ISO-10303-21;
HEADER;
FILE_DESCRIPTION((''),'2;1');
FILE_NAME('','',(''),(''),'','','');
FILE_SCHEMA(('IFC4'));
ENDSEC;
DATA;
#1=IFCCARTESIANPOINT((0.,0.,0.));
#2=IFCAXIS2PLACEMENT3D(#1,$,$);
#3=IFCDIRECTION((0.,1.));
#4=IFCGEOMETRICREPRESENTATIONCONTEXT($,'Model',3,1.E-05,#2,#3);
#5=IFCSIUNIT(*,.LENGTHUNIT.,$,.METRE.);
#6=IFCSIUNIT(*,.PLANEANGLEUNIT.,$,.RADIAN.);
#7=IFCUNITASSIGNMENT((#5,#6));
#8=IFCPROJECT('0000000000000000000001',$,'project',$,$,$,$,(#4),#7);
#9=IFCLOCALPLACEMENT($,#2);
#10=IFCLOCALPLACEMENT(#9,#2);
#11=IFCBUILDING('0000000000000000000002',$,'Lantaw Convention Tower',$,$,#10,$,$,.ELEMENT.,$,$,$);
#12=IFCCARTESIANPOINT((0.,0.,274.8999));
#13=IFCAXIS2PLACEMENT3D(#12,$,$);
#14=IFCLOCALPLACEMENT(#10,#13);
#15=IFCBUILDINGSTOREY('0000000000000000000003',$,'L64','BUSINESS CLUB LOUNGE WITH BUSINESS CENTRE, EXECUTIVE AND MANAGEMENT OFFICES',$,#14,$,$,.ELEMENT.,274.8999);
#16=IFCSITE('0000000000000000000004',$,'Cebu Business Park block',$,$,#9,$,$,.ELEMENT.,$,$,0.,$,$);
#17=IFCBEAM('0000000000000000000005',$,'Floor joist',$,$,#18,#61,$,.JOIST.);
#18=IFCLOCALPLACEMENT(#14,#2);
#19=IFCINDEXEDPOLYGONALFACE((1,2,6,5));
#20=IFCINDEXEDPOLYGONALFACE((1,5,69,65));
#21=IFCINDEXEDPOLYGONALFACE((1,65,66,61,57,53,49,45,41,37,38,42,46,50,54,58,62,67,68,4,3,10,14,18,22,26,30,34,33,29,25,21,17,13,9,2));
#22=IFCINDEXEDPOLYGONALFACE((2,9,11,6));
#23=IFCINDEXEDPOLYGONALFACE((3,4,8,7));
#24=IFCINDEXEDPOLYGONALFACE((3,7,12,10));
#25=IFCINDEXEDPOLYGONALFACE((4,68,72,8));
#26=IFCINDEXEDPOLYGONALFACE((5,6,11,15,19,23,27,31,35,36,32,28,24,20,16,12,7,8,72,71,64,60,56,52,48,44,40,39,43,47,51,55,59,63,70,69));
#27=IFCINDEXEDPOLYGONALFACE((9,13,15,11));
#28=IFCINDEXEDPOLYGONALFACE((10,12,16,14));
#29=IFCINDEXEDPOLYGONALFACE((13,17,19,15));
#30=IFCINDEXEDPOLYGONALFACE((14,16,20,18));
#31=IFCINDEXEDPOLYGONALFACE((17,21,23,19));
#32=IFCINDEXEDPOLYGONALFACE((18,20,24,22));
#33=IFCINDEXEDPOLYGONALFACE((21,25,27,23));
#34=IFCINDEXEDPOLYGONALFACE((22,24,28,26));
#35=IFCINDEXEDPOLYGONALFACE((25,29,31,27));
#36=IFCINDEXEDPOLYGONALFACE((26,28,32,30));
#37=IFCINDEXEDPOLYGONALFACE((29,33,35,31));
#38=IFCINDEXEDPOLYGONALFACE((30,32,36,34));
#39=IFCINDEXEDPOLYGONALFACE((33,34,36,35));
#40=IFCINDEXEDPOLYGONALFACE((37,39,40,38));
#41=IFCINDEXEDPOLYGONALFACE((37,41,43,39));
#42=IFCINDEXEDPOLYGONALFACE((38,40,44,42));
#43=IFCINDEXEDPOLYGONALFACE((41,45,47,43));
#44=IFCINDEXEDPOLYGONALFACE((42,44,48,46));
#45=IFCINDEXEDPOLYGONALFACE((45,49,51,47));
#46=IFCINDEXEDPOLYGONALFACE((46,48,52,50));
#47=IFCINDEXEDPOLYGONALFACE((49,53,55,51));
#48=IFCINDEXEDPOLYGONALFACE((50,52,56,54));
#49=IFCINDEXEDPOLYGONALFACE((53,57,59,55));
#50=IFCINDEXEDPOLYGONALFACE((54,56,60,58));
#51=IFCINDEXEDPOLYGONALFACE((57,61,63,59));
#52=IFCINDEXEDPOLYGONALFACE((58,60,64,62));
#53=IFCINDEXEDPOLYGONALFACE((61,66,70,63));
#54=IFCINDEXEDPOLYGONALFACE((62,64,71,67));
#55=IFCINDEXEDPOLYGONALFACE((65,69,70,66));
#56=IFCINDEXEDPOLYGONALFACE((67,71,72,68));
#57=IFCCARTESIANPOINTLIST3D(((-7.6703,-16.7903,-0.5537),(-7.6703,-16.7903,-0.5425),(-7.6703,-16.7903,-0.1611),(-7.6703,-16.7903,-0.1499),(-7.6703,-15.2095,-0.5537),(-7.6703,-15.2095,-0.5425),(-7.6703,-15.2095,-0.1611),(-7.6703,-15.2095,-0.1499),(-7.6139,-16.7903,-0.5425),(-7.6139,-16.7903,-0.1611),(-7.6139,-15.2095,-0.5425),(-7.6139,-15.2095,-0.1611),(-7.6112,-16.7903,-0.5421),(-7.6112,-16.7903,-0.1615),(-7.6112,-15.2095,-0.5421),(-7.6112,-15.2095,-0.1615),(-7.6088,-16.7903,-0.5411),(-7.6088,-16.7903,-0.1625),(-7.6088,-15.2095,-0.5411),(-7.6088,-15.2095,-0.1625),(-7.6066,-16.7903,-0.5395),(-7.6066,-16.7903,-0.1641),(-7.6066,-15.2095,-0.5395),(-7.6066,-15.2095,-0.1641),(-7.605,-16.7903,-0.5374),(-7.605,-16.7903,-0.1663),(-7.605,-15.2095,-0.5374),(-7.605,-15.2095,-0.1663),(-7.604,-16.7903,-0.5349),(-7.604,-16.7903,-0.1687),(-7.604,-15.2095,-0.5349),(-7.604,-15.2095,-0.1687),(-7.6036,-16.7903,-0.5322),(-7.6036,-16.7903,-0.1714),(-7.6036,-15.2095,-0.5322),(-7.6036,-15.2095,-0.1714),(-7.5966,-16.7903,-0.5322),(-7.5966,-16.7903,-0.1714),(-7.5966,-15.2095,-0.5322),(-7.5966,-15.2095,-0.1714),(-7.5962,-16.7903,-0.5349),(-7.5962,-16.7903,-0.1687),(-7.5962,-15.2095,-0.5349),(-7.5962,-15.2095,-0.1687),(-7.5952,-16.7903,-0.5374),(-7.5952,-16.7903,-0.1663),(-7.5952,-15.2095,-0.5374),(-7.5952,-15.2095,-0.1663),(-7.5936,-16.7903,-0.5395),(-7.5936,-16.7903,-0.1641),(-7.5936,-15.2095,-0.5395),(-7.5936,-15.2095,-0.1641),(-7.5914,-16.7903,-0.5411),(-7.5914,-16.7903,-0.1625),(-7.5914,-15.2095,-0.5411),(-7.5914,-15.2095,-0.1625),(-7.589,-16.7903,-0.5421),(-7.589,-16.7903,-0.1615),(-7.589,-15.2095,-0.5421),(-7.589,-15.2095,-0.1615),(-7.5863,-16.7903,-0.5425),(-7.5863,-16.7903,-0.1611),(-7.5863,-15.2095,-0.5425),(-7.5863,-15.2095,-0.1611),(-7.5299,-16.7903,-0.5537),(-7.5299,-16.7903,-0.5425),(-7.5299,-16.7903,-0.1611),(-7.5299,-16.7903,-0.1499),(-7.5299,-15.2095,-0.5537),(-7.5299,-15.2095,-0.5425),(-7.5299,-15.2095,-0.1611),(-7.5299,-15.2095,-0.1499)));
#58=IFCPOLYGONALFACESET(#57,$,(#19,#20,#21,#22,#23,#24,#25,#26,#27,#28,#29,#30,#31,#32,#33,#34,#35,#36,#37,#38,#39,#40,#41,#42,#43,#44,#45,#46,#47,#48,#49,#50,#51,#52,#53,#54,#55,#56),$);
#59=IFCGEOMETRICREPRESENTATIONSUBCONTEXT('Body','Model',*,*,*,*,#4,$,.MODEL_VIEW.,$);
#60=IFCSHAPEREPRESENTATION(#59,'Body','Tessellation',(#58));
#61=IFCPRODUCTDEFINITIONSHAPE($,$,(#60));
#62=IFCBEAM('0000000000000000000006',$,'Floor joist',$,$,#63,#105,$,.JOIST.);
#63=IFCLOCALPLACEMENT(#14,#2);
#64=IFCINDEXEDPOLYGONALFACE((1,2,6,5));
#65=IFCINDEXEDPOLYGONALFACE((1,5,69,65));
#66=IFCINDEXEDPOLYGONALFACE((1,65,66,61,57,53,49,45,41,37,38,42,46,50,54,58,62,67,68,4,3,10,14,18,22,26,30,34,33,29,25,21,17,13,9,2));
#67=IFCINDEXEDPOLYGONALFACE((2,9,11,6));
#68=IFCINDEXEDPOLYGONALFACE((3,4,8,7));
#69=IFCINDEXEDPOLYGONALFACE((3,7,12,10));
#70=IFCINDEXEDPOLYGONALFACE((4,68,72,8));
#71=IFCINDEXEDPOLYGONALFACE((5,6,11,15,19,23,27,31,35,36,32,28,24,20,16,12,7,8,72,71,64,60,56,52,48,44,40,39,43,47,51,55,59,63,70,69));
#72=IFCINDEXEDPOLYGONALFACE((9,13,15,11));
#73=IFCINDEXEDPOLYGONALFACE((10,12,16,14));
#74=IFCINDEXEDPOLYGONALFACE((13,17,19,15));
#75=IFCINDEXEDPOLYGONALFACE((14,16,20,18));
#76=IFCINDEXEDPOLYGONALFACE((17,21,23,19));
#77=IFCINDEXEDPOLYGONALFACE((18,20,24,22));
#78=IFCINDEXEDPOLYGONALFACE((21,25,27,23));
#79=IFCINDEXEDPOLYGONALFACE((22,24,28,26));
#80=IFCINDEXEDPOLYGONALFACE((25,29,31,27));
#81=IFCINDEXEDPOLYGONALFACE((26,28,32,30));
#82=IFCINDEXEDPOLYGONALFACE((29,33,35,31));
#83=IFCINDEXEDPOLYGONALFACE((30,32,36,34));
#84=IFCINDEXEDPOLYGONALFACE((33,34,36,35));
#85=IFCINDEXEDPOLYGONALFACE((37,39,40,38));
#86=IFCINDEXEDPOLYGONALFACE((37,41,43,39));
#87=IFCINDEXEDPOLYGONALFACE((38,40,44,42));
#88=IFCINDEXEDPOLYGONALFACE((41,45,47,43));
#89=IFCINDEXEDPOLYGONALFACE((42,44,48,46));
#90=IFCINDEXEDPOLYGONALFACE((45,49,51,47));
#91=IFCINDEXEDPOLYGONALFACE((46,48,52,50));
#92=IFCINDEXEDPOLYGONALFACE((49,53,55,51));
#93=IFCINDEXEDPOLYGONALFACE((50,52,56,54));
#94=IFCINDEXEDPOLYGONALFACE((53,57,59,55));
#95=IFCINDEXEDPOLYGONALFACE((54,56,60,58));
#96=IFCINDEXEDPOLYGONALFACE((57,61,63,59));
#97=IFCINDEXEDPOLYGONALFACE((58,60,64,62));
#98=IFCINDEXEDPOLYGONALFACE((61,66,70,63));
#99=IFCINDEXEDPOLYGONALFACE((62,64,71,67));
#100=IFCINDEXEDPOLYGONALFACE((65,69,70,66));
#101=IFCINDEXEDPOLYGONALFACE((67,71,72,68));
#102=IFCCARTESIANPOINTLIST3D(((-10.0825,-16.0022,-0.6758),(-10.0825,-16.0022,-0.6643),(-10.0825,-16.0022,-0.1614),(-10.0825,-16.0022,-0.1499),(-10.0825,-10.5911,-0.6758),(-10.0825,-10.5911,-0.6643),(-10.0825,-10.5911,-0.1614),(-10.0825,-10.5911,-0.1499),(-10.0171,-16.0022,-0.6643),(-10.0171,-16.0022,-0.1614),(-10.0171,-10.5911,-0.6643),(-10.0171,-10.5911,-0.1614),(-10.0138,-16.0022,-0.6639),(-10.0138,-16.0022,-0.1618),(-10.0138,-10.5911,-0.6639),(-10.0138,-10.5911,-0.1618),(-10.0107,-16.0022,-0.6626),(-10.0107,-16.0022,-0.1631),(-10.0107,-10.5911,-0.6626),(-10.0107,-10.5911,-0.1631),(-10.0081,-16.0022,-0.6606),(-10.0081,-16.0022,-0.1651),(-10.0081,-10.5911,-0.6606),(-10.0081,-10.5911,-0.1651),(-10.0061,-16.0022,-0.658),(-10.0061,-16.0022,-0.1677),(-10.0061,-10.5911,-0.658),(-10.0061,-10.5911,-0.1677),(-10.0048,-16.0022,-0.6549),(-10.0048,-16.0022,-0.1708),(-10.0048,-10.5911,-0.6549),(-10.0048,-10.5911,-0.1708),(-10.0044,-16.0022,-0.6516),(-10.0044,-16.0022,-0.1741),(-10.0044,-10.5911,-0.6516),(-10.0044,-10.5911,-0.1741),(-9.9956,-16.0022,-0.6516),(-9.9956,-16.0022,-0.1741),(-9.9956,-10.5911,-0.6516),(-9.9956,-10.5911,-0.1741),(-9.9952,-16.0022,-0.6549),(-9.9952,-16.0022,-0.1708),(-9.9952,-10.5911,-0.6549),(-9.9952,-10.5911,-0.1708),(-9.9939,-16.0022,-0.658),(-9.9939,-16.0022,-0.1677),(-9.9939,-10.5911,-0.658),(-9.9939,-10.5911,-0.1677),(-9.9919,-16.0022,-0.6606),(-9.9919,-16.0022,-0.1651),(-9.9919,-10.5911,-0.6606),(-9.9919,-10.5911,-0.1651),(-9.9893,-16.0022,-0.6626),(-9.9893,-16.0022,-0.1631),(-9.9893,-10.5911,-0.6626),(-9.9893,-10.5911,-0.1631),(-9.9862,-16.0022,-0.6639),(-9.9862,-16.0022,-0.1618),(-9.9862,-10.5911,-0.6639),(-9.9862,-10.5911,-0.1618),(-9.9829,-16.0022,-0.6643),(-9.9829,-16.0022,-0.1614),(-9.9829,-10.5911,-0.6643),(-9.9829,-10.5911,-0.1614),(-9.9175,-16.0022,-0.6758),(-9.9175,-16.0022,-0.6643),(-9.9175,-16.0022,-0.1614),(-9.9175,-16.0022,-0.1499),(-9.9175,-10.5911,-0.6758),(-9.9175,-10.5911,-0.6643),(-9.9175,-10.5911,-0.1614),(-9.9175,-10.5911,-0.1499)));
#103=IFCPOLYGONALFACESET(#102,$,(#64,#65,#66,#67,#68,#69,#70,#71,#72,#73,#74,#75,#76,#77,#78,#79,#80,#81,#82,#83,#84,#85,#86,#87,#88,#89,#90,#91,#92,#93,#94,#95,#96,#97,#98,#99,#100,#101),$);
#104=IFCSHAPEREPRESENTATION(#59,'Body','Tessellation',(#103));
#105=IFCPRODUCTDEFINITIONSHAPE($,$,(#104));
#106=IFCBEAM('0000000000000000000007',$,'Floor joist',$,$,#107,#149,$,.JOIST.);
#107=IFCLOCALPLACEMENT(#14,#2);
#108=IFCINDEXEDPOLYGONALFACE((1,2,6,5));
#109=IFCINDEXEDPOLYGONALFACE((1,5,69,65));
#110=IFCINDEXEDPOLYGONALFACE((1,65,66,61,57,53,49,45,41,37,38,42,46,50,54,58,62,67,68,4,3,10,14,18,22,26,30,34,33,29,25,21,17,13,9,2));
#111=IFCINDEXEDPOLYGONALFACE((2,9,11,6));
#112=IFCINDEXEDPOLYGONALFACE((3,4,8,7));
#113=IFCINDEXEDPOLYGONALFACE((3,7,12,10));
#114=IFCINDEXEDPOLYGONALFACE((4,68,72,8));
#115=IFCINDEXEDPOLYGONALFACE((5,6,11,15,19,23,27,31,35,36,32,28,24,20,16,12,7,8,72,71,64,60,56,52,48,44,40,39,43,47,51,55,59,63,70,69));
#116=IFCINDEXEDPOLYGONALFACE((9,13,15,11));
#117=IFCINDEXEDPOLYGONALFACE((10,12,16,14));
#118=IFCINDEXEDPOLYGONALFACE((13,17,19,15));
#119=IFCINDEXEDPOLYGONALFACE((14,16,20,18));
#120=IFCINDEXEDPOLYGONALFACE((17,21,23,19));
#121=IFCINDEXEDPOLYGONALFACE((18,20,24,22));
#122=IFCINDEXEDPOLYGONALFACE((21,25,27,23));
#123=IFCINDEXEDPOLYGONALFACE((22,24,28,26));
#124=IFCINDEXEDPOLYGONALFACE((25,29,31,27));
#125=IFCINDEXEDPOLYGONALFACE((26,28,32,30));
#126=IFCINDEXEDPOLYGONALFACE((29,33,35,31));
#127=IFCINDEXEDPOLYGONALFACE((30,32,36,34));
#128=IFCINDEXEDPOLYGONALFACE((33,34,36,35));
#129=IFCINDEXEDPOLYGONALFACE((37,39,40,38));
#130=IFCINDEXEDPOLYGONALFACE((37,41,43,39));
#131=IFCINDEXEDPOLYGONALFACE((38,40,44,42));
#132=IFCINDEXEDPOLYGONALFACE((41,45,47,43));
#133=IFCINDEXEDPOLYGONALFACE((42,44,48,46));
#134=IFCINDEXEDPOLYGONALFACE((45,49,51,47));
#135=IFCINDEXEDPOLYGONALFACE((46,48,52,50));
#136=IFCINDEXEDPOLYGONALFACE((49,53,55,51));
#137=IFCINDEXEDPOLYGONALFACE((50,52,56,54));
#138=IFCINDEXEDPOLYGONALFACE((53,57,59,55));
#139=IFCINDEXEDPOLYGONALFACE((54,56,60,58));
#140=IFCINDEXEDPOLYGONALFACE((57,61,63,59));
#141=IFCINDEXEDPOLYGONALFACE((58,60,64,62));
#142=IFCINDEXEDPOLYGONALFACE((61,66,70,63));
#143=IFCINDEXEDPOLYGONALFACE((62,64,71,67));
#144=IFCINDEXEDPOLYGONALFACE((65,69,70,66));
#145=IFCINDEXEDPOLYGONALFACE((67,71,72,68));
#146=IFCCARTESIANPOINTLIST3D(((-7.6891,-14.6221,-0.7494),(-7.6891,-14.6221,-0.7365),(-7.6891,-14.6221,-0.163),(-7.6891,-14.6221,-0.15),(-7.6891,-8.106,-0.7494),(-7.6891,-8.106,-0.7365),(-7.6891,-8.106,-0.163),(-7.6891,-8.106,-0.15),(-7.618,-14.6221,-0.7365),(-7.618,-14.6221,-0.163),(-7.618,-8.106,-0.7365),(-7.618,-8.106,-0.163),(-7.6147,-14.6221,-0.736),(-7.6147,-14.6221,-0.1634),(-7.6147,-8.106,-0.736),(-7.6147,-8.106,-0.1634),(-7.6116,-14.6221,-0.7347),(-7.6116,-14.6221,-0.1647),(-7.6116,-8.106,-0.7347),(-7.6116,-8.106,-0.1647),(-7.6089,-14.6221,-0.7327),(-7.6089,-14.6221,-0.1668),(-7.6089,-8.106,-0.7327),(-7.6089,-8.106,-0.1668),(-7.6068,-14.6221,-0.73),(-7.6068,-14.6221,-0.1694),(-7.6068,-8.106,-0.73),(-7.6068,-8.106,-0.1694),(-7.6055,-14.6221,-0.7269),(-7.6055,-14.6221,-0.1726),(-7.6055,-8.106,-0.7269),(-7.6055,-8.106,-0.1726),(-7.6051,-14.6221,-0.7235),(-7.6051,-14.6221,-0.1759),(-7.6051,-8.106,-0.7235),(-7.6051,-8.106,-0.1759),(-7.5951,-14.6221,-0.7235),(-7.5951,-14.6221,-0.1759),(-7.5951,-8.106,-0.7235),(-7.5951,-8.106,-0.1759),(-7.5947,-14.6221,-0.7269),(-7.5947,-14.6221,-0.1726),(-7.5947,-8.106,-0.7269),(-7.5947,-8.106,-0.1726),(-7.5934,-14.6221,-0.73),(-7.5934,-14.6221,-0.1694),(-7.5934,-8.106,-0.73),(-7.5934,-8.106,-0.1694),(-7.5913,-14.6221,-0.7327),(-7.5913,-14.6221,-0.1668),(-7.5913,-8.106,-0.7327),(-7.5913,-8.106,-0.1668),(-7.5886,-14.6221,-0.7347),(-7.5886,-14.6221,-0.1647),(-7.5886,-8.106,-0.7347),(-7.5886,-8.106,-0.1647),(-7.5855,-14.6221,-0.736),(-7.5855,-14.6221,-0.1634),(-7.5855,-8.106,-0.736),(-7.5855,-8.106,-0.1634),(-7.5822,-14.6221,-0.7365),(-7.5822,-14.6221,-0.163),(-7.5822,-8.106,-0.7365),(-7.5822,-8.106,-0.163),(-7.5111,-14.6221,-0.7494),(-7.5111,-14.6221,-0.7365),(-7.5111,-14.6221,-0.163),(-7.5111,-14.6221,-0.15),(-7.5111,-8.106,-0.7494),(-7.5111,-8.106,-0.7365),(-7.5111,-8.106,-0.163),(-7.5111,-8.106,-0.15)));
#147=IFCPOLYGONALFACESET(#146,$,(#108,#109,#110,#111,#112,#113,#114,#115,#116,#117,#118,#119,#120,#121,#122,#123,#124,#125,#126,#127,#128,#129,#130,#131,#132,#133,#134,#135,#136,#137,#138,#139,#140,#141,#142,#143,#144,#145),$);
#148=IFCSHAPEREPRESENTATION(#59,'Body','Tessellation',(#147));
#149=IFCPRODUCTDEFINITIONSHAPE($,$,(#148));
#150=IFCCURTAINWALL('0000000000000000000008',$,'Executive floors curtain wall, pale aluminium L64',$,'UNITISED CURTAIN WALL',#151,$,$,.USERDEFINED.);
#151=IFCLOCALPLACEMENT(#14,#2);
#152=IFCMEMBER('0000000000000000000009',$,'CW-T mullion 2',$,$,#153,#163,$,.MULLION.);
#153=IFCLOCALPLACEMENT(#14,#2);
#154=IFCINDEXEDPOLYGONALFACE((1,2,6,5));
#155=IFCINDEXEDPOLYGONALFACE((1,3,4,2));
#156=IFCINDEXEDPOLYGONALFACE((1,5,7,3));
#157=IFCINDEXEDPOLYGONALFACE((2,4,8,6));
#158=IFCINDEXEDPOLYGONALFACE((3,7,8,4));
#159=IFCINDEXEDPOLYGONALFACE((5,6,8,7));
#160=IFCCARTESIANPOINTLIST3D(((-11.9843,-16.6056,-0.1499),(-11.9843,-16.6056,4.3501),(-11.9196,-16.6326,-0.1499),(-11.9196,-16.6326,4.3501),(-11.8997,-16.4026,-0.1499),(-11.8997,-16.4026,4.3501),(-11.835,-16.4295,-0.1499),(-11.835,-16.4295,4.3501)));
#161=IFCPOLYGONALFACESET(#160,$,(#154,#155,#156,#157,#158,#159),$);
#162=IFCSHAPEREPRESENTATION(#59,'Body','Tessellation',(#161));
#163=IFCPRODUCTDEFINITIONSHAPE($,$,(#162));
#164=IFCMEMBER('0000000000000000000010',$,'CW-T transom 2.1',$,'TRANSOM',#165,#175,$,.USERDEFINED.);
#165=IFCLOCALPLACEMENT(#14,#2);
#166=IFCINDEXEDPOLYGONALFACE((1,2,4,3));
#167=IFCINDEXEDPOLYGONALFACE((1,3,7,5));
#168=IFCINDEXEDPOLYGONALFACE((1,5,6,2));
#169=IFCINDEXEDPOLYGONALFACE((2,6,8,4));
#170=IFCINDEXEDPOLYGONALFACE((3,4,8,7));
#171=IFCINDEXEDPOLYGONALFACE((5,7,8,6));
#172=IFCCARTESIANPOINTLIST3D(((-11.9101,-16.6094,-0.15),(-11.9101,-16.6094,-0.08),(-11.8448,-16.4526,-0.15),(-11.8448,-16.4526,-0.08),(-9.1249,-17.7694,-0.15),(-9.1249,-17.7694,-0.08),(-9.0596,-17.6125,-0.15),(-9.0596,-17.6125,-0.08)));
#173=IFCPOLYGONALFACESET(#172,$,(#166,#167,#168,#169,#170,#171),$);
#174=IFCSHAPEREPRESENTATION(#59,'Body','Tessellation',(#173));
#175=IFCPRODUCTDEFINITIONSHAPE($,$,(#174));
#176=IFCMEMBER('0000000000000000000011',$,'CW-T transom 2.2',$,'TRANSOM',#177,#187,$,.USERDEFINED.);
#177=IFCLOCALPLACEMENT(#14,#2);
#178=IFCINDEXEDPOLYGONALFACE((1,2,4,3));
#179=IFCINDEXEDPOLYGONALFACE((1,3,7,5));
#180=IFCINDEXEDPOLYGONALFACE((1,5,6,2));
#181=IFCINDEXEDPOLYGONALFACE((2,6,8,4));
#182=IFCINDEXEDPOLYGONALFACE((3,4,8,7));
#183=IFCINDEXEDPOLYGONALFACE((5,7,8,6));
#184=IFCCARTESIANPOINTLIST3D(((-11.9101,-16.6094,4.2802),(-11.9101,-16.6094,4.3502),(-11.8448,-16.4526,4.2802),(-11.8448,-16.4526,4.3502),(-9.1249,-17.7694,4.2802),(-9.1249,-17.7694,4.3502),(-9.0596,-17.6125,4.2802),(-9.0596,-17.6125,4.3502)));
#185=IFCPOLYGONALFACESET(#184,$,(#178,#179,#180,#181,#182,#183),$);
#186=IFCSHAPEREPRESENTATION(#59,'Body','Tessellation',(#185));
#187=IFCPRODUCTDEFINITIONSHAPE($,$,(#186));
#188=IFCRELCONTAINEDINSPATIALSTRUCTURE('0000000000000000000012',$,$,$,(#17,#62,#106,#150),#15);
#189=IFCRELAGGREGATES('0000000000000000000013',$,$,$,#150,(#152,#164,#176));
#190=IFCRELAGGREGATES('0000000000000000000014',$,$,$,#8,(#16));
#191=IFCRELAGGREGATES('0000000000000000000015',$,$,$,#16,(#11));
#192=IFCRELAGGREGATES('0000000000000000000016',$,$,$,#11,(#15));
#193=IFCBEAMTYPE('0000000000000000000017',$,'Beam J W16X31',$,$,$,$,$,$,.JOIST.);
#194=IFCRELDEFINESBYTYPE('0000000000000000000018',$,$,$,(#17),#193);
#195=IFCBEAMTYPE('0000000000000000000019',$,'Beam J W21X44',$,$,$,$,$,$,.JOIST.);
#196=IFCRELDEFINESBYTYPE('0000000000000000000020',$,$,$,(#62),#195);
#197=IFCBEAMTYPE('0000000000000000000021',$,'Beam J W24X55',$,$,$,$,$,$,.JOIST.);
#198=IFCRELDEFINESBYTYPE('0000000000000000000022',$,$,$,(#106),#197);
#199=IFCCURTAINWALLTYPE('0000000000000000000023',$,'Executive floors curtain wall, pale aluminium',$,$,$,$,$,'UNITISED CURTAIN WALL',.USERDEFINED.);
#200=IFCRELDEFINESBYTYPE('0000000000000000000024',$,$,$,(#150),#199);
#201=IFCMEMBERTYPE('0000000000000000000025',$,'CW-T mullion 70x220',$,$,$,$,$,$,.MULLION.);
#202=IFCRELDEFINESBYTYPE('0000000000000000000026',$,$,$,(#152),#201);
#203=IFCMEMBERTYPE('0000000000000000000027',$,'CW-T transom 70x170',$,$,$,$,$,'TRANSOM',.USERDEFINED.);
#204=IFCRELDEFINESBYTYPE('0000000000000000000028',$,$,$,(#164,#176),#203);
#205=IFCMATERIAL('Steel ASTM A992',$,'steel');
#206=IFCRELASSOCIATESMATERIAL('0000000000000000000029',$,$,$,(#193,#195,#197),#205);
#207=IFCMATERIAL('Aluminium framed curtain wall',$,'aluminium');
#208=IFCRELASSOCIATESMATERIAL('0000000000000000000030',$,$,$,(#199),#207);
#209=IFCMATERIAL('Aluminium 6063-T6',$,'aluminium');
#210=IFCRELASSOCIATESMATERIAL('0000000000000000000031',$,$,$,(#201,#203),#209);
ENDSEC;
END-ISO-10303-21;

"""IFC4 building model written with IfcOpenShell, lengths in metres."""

from ifc_helpers import new_model, si_unit, direction, frame, origin, origin_2d, place, context, subcontext, project, spatial, rectangle, i_section, extrude, material, material_profile, profile_set, type_object, element, aggregate, save


model = new_model("IFC4")

# Units and contexts
model_context = context("Model", 3, precision=1e-05, world=origin(), true_north=direction((0.0, 1.0)))
body_context = subcontext(model_context, "Body", "Model", "MODEL_VIEW")
ifc_project = project(units=[si_unit("LENGTHUNIT", "METRE"), si_unit("PLANEANGLEUNIT", "RADIAN")], contexts=[model_context])

# Site, building, storey
site_placement = place(None, origin())
site = spatial("IfcSite", under=ifc_project, at=site_placement, Name="Cebu Business Park block", CompositionType="ELEMENT", RefElevation=0.0)
building_placement = place(site_placement, origin())
building = spatial("IfcBuilding", under=site, at=building_placement, Name="Lantaw Convention Tower", CompositionType="ELEMENT")
storey_placement = place(building_placement, frame((0.0, 0.0, 274.8999)))
storey = spatial("IfcBuildingStorey", under=building, at=storey_placement, Name="L64", Description="BUSINESS CLUB LOUNGE WITH BUSINESS CENTRE, EXECUTIVE AND MANAGEMENT OFFICES", CompositionType="ELEMENT", Elevation=274.8999)

# Beams
ifc_material_1 = material(Name="Steel ASTM A992", Category="steel")
ifc_material_profile_1 = material_profile(ifc_material_1, i_section(OverallWidth=0.1404, OverallDepth=0.4038, WebThickness=0.0071, FlangeThickness=0.0112, FilletRadius=0.0103, at=origin_2d()), Name="W16X31")
ifc_profile_set_1 = profile_set([ifc_material_profile_1], Name="Steel ASTM A992")
beam_type_1 = type_object("IfcBeamType", Name="Beam J W16X31", PredefinedType="JOIST", material=ifc_profile_set_1)
beam_1_placement = place(storey_placement, frame((-7.6001, -16.7903, -0.3518), z_axis=(0.0, 1.0, 0.0), x_axis=(-1.0, 0.0, 0.0)))
element("IfcBeam", 1, at=beam_1_placement, inside=storey, type_object=beam_type_1, Name="Floor joist", PredefinedType="JOIST", context=body_context, shape_type="SweptSolid", body=[
    extrude(i_section(OverallWidth=0.1404, OverallDepth=0.4038, WebThickness=0.0071, FlangeThickness=0.0112, FilletRadius=0.0103, at=origin_2d()), origin(), (0.0, 0.0, 1.0), 1.5808),
])
ifc_material_profile_2 = material_profile(ifc_material_1, i_section(OverallWidth=0.165, OverallDepth=0.5259, WebThickness=0.0088, FlangeThickness=0.0115, FilletRadius=0.0127, at=origin_2d()), Name="W21X44")
ifc_profile_set_2 = profile_set([ifc_material_profile_2], Name="Steel ASTM A992")
beam_type_2 = type_object("IfcBeamType", Name="Beam J W21X44", PredefinedType="JOIST", material=ifc_profile_set_2)
beam_2_placement = place(storey_placement, frame((-10.0, -16.0022, -0.4128), z_axis=(0.0, 1.0, 0.0), x_axis=(-1.0, 0.0, 0.0)))
element("IfcBeam", 2, at=beam_2_placement, inside=storey, type_object=beam_type_2, Name="Floor joist", PredefinedType="JOIST", context=body_context, shape_type="SweptSolid", body=[
    extrude(i_section(OverallWidth=0.165, OverallDepth=0.5259, WebThickness=0.0088, FlangeThickness=0.0115, FilletRadius=0.0127, at=origin_2d()), origin(), (0.0, 0.0, 1.0), 5.4111),
])
ifc_material_profile_3 = material_profile(ifc_material_1, i_section(OverallWidth=0.178, OverallDepth=0.5994, WebThickness=0.01, FlangeThickness=0.0129, FilletRadius=0.0129, at=origin_2d()), Name="W24X55")
ifc_profile_set_3 = profile_set([ifc_material_profile_3], Name="Steel ASTM A992")
beam_type_3 = type_object("IfcBeamType", Name="Beam J W24X55", PredefinedType="JOIST", material=ifc_profile_set_3)
beam_3_placement = place(storey_placement, frame((-7.6001, -14.6221, -0.4497), z_axis=(0.0, 1.0, 0.0), x_axis=(-1.0, 0.0, 0.0)))
element("IfcBeam", 3, at=beam_3_placement, inside=storey, type_object=beam_type_3, Name="Floor joist", PredefinedType="JOIST", context=body_context, shape_type="SweptSolid", body=[
    extrude(i_section(OverallWidth=0.178, OverallDepth=0.5994, WebThickness=0.01, FlangeThickness=0.0129, FilletRadius=0.0129, at=origin_2d()), origin(), (0.0, 0.0, 1.0), 6.5161),
])

# Curtain wall, members
ifc_material_2 = material(Name="Aluminium framed curtain wall", Category="aluminium")
curtain_wall_type = type_object("IfcCurtainWallType", Name="Executive floors curtain wall, pale aluminium", ElementType="UNITISED CURTAIN WALL", PredefinedType="USERDEFINED", material=ifc_material_2)
curtain_wall_placement = place(storey_placement, origin())
curtain_wall = element("IfcCurtainWall", 4, at=curtain_wall_placement, inside=storey, type_object=curtain_wall_type, Name="Executive floors curtain wall, pale aluminium L64", ObjectType="UNITISED CURTAIN WALL", PredefinedType="USERDEFINED")
ifc_material_3 = material(Name="Aluminium 6063-T6", Category="aluminium")
ifc_material_profile_4 = material_profile(ifc_material_3, rectangle(XDim=0.22, YDim=0.0701, at=origin_2d()), Name="CW-T mullion 70x220")
ifc_profile_set_4 = profile_set([ifc_material_profile_4], Name="Aluminium 6063-T6")
member_type_1 = type_object("IfcMemberType", Name="CW-T mullion 70x220", PredefinedType="MULLION", material=ifc_profile_set_4)
member_1_placement = place(storey_placement, frame((-11.9097, -16.5176, -0.1499), z_axis=(0.0, 0.0, 1.0), x_axis=(0.38446, 0.923142, 0.0)))
member_1 = element("IfcMember", 5, at=member_1_placement, type_object=member_type_1, Name="CW-T mullion 2", PredefinedType="MULLION", context=body_context, shape_type="SweptSolid", body=[
    extrude(rectangle(XDim=0.22, YDim=0.0701, at=origin_2d()), origin(), (0.0, 0.0, 1.0), 4.5),
])
ifc_material_profile_5 = material_profile(ifc_material_3, rectangle(XDim=0.1699, YDim=0.0701, at=origin_2d()), Name="CW-T transom 70x170")
ifc_profile_set_5 = profile_set([ifc_material_profile_5], Name="Aluminium 6063-T6")
member_type_2 = type_object("IfcMemberType", Name="CW-T transom 70x170", ElementType="TRANSOM", PredefinedType="USERDEFINED", material=ifc_profile_set_5)
member_2_placement = place(storey_placement, frame((-11.8774, -16.531, -0.115), z_axis=(0.923144, -0.384454, 0.0), x_axis=(0.384454, 0.923144, 0.0)))
member_2 = element("IfcMember", 6, at=member_2_placement, type_object=member_type_2, Name="CW-T transom 2.1", ObjectType="TRANSOM", PredefinedType="USERDEFINED", context=body_context, shape_type="SweptSolid", body=[
    extrude(rectangle(XDim=0.1699, YDim=0.0701, at=origin_2d()), origin(), (0.0, 0.0, 1.0), 3.0171),
])
member_3_placement = place(storey_placement, frame((-11.8774, -16.531, 4.3152), z_axis=(0.923144, -0.384454, 0.0), x_axis=(0.384454, 0.923144, 0.0)))
member_3 = element("IfcMember", 7, at=member_3_placement, type_object=member_type_2, Name="CW-T transom 2.2", ObjectType="TRANSOM", PredefinedType="USERDEFINED", context=body_context, shape_type="SweptSolid", body=[
    extrude(rectangle(XDim=0.1699, YDim=0.0701, at=origin_2d()), origin(), (0.0, 0.0, 1.0), 3.0171),
])
aggregate(curtain_wall, [member_1, member_2, member_3])

save(model, "model.ifc")
